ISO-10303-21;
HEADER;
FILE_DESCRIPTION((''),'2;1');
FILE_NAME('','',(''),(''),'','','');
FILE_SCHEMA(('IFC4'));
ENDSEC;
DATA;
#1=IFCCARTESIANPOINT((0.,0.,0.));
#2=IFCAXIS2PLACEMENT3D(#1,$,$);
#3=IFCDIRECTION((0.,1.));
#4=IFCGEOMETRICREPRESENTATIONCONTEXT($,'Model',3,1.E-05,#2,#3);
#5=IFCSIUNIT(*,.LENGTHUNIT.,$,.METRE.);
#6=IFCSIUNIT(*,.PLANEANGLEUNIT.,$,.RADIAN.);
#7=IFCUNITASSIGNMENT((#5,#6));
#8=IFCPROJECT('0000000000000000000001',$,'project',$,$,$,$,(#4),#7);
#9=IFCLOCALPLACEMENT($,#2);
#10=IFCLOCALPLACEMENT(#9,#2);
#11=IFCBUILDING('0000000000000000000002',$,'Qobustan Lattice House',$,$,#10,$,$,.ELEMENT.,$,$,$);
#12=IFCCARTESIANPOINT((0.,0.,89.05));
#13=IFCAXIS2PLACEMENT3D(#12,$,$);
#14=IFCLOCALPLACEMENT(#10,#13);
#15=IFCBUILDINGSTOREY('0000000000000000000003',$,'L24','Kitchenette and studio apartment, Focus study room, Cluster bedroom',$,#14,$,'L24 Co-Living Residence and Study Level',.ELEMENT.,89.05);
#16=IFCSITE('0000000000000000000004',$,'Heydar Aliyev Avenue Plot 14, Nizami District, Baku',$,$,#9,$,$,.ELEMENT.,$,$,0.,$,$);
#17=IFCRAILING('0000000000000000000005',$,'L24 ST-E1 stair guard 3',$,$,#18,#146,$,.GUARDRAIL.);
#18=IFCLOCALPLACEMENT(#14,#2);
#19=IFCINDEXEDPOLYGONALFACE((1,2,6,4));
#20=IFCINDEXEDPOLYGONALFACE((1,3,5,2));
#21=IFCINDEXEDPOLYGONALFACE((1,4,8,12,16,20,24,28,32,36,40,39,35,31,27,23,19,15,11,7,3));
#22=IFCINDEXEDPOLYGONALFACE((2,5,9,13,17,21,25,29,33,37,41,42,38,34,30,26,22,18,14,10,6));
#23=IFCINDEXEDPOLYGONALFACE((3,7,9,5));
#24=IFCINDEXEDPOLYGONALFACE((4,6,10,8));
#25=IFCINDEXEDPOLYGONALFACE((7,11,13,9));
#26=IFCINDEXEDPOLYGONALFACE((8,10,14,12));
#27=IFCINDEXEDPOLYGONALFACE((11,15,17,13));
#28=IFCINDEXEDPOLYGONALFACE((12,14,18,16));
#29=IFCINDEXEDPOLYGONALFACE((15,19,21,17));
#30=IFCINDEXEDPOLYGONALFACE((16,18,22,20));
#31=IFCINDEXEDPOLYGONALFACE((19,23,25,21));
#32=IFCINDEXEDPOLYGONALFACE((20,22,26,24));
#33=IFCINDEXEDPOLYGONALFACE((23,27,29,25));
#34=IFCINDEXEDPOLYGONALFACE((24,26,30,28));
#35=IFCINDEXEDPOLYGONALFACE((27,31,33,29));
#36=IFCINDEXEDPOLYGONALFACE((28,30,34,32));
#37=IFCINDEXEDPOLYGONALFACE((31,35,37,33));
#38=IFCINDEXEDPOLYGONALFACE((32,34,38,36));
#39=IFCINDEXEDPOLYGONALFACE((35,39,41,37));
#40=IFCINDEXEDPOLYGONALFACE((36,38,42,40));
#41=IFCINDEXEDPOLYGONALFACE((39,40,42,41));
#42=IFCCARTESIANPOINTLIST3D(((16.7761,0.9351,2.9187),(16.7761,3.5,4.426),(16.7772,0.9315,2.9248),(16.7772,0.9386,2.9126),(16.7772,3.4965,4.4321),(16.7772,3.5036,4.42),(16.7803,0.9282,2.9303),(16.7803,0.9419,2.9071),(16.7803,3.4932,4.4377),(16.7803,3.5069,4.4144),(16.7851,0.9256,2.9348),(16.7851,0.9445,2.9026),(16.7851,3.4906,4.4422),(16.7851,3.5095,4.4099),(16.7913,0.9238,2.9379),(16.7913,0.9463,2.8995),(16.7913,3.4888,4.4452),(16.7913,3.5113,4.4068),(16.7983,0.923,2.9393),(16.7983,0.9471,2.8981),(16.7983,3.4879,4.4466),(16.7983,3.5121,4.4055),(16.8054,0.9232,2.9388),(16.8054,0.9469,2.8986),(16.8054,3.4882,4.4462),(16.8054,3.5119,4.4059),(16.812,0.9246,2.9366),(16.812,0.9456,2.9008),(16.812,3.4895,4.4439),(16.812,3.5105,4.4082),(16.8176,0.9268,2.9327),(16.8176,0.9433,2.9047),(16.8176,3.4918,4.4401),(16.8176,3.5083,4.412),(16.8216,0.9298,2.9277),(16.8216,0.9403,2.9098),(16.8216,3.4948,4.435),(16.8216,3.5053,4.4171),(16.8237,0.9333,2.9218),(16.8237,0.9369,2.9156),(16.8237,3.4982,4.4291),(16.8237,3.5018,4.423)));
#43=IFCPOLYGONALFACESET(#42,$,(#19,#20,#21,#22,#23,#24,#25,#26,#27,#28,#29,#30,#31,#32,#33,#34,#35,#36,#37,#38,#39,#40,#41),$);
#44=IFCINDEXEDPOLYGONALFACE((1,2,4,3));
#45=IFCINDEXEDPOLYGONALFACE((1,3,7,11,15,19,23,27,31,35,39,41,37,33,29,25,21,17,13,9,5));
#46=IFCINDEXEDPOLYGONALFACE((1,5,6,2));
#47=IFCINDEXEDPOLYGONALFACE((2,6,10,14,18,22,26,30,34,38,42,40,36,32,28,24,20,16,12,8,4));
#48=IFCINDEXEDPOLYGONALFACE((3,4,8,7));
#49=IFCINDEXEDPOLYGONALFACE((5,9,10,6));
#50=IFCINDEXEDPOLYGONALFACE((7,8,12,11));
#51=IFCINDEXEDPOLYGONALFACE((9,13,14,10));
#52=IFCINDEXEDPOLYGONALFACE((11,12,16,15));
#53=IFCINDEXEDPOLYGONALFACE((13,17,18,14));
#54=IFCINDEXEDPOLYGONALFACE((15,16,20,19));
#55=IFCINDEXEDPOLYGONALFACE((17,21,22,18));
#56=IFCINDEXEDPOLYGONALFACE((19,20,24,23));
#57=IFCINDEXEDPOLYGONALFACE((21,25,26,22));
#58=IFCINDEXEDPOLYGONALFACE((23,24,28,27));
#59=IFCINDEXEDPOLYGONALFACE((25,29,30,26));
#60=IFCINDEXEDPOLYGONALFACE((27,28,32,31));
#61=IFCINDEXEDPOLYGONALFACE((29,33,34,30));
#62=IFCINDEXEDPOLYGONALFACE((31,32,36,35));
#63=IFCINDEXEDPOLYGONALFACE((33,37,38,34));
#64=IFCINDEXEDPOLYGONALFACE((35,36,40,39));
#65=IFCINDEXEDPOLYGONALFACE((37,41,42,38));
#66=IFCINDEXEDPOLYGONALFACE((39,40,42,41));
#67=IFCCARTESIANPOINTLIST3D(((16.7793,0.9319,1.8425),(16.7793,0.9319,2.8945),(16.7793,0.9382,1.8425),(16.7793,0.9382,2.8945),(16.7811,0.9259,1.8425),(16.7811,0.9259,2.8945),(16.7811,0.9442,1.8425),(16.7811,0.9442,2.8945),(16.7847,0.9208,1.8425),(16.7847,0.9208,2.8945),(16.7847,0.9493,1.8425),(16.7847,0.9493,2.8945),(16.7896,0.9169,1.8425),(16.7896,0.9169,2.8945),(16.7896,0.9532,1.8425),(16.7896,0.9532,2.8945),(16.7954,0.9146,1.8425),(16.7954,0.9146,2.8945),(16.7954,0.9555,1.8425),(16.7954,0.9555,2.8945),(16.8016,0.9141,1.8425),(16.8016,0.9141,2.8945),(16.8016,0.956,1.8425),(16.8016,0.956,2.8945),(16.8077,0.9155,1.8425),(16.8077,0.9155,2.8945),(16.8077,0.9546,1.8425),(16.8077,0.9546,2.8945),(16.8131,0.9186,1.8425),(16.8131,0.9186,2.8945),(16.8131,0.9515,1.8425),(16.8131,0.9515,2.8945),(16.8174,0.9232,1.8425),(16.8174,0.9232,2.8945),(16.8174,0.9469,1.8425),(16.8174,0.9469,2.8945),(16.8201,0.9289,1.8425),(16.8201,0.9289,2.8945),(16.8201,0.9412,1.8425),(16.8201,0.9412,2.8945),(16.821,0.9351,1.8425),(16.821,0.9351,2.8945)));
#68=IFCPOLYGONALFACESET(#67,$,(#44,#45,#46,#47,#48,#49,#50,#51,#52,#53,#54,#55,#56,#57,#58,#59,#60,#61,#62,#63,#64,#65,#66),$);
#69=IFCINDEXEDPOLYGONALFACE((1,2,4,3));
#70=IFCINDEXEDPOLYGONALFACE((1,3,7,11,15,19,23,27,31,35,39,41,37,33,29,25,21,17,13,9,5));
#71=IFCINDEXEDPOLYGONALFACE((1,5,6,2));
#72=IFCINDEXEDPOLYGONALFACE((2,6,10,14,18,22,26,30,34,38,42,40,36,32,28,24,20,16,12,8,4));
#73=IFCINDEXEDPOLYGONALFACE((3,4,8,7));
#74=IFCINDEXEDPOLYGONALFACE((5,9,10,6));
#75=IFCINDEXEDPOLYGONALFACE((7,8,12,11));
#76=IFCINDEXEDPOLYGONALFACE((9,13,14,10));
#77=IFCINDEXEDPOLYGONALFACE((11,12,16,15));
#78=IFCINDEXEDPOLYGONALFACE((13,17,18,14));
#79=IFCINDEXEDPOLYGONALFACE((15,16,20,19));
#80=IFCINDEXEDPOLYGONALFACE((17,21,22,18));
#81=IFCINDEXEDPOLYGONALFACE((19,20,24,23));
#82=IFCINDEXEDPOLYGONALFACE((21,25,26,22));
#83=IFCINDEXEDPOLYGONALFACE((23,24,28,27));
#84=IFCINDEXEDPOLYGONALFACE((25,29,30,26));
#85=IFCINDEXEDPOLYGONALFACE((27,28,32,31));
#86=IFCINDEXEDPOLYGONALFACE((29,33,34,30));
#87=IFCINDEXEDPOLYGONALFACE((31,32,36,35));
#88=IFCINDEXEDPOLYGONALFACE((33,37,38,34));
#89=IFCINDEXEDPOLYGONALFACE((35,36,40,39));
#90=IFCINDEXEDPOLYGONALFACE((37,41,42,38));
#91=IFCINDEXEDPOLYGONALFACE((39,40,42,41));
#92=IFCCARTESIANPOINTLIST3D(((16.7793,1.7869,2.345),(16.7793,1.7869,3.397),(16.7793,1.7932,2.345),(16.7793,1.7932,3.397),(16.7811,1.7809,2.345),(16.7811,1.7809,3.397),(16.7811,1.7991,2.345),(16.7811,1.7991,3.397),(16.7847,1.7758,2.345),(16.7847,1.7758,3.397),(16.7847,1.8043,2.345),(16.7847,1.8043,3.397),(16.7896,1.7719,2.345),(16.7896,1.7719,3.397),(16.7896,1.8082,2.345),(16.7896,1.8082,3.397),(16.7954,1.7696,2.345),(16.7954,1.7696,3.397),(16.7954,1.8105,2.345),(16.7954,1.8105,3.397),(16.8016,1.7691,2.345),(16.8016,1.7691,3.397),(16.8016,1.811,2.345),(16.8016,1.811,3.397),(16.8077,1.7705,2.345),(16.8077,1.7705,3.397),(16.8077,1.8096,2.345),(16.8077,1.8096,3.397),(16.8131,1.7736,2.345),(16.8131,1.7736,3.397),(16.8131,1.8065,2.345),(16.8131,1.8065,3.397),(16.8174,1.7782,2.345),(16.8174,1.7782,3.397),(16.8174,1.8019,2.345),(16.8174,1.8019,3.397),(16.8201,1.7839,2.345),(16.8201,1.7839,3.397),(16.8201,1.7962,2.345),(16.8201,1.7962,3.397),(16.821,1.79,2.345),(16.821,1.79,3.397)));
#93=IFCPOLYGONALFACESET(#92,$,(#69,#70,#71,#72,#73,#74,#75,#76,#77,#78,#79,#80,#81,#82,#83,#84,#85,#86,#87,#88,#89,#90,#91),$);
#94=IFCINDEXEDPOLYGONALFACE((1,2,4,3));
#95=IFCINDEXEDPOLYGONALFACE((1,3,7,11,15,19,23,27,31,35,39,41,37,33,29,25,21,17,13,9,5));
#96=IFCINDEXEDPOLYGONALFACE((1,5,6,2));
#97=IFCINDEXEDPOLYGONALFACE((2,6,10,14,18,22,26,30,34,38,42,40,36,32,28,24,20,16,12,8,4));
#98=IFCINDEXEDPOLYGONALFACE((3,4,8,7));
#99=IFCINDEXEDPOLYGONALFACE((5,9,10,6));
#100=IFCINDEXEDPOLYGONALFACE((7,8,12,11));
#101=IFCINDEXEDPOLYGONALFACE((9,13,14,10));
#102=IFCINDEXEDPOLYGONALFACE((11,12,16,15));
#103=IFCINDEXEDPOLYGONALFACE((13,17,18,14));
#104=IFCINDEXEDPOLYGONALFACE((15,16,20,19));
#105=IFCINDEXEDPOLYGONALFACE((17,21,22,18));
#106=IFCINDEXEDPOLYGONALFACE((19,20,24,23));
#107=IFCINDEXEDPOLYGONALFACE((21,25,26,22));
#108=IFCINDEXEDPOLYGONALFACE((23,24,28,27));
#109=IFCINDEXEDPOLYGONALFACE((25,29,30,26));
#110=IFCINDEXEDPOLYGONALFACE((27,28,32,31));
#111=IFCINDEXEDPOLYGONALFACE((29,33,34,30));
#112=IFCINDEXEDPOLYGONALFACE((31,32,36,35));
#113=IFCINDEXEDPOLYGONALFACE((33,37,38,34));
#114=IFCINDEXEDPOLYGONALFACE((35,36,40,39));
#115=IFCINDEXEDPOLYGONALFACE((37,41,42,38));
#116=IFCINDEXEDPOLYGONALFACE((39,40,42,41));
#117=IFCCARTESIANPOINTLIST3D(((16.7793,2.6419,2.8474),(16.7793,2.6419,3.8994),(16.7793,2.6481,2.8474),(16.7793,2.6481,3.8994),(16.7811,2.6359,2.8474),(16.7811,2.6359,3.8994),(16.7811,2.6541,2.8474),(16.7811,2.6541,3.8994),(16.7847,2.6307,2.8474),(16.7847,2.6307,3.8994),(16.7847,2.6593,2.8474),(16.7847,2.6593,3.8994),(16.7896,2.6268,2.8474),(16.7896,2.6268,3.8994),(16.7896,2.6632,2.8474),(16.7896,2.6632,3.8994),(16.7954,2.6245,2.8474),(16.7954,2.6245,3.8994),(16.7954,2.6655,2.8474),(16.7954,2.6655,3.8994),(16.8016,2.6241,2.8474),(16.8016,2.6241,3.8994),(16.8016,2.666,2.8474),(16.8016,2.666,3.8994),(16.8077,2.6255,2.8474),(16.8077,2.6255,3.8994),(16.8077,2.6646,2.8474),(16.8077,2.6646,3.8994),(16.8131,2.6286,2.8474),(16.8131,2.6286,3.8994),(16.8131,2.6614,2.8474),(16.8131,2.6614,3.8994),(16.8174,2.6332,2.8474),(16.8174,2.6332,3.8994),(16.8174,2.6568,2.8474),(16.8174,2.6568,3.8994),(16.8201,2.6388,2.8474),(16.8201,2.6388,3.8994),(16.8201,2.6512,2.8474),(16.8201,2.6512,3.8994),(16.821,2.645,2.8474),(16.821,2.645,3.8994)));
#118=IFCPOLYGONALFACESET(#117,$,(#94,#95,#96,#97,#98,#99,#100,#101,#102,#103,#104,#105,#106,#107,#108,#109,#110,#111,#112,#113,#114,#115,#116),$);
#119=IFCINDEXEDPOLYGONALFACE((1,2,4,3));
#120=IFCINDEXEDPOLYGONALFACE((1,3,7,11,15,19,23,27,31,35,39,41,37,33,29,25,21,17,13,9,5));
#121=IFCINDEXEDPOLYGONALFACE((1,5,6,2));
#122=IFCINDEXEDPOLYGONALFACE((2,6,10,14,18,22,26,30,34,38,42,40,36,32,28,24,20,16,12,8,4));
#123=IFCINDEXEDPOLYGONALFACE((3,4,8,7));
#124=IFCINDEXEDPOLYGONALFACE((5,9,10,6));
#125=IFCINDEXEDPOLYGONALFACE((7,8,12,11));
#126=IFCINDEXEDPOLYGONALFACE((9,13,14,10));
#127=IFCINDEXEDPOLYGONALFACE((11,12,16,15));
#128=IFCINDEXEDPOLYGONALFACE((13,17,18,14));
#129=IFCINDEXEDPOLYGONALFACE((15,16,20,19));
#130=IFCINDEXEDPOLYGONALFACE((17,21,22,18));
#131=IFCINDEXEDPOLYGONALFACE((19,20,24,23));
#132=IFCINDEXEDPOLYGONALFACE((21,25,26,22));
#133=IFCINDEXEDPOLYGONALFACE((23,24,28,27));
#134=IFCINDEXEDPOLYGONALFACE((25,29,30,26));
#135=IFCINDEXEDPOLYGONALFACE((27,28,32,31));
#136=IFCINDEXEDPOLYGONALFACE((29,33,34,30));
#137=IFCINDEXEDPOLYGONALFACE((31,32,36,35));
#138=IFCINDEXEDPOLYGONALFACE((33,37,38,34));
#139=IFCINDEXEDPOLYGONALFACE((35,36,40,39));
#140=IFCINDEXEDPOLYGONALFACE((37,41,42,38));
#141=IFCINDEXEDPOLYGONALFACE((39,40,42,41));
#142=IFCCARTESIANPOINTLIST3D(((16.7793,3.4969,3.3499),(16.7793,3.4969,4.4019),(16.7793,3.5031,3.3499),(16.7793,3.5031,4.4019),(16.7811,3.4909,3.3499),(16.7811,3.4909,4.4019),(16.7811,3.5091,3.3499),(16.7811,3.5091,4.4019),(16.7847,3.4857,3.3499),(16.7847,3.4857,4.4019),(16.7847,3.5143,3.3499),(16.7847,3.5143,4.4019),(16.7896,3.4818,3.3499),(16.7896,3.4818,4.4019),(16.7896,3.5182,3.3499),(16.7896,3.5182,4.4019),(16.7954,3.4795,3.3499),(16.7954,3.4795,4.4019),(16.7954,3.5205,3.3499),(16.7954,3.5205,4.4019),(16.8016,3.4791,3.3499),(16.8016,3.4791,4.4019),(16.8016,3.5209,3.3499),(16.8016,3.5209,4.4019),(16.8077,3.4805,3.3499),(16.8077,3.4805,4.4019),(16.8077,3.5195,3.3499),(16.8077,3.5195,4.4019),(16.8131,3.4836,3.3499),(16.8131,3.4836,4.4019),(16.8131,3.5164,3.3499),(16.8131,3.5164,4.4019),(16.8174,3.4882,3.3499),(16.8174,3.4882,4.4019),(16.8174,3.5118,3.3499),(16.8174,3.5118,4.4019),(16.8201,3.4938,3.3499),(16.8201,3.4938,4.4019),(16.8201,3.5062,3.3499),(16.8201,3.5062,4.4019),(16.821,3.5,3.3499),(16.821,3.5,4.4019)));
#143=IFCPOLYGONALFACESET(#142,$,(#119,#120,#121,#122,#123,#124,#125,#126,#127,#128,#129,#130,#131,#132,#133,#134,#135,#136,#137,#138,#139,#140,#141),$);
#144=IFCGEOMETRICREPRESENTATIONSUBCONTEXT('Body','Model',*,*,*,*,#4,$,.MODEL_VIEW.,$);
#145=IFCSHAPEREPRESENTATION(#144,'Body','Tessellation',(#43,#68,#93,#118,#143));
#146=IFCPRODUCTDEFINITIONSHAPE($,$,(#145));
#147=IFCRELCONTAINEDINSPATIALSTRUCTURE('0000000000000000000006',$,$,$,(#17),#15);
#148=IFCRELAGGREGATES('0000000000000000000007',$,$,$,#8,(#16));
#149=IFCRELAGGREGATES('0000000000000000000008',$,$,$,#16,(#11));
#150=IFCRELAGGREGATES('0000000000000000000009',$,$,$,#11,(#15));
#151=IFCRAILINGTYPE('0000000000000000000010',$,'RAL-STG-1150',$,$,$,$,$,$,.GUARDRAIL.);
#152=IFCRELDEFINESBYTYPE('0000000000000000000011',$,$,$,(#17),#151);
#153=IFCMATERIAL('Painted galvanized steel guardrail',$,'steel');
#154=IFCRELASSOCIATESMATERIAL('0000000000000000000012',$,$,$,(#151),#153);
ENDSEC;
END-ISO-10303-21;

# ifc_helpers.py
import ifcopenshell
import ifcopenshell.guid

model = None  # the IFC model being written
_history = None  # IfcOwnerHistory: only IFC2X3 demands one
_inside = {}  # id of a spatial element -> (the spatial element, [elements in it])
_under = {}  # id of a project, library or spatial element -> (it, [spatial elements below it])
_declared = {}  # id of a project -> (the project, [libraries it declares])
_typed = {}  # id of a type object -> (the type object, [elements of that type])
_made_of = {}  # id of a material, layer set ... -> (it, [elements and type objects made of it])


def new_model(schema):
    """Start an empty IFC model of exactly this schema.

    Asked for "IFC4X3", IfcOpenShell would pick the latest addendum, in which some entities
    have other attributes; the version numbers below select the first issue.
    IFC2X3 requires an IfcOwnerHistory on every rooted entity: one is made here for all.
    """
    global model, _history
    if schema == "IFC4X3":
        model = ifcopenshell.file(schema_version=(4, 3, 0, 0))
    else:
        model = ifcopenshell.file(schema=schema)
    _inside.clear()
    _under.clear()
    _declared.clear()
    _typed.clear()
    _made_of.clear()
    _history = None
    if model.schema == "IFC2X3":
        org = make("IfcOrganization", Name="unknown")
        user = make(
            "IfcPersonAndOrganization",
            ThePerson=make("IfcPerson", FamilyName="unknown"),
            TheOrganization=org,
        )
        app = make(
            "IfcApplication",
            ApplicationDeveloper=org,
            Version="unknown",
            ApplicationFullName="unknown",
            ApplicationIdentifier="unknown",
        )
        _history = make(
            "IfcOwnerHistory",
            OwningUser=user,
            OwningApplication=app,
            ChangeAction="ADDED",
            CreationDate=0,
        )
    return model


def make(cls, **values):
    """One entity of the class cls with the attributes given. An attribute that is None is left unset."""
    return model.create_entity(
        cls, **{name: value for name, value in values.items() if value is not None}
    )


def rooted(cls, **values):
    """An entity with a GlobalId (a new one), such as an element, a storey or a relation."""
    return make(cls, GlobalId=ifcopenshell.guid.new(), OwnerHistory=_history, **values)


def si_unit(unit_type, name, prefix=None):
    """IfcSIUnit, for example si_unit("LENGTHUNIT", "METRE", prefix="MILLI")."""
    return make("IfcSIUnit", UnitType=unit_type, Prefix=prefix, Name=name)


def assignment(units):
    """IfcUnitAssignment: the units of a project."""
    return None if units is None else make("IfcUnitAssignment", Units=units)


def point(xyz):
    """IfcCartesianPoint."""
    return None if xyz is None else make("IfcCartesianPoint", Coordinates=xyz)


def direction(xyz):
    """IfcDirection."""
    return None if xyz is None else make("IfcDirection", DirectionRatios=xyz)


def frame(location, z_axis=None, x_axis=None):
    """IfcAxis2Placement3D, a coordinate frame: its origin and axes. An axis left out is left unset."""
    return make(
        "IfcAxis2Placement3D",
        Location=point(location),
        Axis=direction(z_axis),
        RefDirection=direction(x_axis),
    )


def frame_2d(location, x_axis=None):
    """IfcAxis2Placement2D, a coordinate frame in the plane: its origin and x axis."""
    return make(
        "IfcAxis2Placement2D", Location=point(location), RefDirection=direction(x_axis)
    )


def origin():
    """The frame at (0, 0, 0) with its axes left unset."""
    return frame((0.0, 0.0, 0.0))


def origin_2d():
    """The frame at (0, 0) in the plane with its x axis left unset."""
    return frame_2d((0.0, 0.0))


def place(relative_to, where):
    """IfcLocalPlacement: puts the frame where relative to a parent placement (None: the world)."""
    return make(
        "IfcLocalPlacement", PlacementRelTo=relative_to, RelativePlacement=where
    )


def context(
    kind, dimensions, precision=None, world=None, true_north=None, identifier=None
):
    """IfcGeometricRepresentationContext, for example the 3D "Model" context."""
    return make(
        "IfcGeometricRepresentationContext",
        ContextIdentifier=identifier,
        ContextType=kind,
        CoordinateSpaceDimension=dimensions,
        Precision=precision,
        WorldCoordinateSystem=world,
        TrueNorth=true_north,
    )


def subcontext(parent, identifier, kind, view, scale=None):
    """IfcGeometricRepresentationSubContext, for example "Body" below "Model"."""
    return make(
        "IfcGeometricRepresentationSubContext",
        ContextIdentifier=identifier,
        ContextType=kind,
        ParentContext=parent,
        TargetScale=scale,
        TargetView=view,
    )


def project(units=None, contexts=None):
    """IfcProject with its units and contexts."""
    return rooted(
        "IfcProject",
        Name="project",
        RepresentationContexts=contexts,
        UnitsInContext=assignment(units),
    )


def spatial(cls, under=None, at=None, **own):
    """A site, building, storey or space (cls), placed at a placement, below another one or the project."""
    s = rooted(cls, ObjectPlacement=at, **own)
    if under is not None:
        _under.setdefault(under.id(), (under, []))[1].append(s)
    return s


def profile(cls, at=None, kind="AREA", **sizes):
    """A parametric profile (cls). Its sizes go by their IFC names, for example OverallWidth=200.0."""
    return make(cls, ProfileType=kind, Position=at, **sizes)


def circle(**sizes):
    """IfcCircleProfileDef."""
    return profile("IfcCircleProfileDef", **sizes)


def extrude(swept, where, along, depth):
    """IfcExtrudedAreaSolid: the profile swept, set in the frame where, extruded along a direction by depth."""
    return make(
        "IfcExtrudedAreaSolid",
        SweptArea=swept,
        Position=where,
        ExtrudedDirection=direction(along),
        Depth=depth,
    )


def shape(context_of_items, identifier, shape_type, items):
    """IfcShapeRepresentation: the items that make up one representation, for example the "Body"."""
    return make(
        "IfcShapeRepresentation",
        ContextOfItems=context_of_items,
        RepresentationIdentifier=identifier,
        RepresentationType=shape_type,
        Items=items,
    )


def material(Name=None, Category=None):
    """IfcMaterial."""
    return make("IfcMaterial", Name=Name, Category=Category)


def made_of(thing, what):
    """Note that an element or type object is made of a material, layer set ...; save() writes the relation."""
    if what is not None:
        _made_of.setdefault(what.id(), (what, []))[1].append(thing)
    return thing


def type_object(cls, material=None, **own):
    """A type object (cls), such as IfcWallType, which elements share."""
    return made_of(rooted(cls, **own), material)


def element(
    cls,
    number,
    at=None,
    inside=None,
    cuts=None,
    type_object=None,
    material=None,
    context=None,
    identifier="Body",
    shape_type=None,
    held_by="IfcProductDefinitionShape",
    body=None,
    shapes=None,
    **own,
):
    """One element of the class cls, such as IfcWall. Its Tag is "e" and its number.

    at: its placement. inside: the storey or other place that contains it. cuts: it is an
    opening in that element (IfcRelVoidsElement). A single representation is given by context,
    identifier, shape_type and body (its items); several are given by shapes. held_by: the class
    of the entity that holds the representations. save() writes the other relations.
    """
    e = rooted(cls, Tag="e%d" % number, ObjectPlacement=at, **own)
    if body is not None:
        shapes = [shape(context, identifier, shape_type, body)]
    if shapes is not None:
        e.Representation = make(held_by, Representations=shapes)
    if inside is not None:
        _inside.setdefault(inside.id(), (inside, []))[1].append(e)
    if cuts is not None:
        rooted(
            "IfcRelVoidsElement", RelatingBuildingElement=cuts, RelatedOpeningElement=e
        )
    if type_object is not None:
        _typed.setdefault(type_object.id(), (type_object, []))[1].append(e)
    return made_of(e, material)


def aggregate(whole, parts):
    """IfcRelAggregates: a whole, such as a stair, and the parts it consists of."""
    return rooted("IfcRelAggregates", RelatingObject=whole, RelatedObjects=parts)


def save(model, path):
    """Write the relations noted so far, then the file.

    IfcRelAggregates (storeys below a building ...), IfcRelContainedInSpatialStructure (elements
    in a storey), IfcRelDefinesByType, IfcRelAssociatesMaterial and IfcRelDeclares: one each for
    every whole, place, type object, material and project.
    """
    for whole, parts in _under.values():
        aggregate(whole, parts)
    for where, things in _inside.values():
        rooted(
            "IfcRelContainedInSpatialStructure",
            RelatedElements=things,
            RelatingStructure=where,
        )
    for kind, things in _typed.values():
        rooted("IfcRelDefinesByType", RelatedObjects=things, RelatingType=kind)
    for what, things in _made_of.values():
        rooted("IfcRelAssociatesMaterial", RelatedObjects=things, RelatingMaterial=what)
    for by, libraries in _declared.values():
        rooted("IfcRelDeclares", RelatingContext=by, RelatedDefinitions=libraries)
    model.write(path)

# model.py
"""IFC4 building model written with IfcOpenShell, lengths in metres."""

from ifc_helpers import new_model, si_unit, direction, frame, origin, origin_2d, place, context, subcontext, project, spatial, circle, extrude, material, type_object, element, save


model = new_model("IFC4")

# Units and contexts
model_context = context("Model", 3, precision=1e-05, world=origin(), true_north=direction((0.0, 1.0)))
body_context = subcontext(model_context, "Body", "Model", "MODEL_VIEW")
ifc_project = project(units=[si_unit("LENGTHUNIT", "METRE"), si_unit("PLANEANGLEUNIT", "RADIAN")], contexts=[model_context])

# Site, building, storey
site_placement = place(None, origin())
site = spatial("IfcSite", under=ifc_project, at=site_placement, Name="Heydar Aliyev Avenue Plot 14, Nizami District, Baku", CompositionType="ELEMENT", RefElevation=0.0)
building_placement = place(site_placement, origin())
building = spatial("IfcBuilding", under=site, at=building_placement, Name="Qobustan Lattice House", CompositionType="ELEMENT")
storey_placement = place(building_placement, frame((0.0, 0.0, 89.05)))
storey = spatial("IfcBuildingStorey", under=building, at=storey_placement, Name="L24", Description="Kitchenette and studio apartment, Focus study room, Cluster bedroom", LongName="L24 Co-Living Residence and Study Level", CompositionType="ELEMENT", Elevation=89.05)

# Railing
ifc_material_1 = material(Name="Painted galvanized steel guardrail", Category="steel")
railing_type = type_object("IfcRailingType", Name="RAL-STG-1150", PredefinedType="GUARDRAIL", material=ifc_material_1)
railing_1_placement = place(storey_placement, frame((16.8, 0.9351, 1.8425)))
element("IfcRailing", 1, at=railing_1_placement, inside=storey, type_object=railing_type, Name="L24 ST-E1 stair guard 3", PredefinedType="GUARDRAIL", context=body_context, shape_type="SweptSolid", body=[
    extrude(circle(Radius=0.0239, at=origin_2d()), frame((0.0, 0.0, 1.0762), z_axis=(0.0, 0.862149, 0.506654), x_axis=(-1.0, 0.0, 0.0)), (0.0, 0.0, 1.0), 2.9751),
    extrude(circle(Radius=0.021, at=origin_2d()), origin(), (0.0, 0.0, 1.0), 1.052),
    extrude(circle(Radius=0.021, at=origin_2d()), frame((0.0, 0.855, 0.5024)), (0.0, 0.0, 1.0), 1.052),
    extrude(circle(Radius=0.021, at=origin_2d()), frame((0.0, 1.71, 1.0049)), (0.0, 0.0, 1.0), 1.052),
    extrude(circle(Radius=0.021, at=origin_2d()), frame((0.0, 2.5649, 1.5073)), (0.0, 0.0, 1.0), 1.052),
])

save(model, "model.ifc")
